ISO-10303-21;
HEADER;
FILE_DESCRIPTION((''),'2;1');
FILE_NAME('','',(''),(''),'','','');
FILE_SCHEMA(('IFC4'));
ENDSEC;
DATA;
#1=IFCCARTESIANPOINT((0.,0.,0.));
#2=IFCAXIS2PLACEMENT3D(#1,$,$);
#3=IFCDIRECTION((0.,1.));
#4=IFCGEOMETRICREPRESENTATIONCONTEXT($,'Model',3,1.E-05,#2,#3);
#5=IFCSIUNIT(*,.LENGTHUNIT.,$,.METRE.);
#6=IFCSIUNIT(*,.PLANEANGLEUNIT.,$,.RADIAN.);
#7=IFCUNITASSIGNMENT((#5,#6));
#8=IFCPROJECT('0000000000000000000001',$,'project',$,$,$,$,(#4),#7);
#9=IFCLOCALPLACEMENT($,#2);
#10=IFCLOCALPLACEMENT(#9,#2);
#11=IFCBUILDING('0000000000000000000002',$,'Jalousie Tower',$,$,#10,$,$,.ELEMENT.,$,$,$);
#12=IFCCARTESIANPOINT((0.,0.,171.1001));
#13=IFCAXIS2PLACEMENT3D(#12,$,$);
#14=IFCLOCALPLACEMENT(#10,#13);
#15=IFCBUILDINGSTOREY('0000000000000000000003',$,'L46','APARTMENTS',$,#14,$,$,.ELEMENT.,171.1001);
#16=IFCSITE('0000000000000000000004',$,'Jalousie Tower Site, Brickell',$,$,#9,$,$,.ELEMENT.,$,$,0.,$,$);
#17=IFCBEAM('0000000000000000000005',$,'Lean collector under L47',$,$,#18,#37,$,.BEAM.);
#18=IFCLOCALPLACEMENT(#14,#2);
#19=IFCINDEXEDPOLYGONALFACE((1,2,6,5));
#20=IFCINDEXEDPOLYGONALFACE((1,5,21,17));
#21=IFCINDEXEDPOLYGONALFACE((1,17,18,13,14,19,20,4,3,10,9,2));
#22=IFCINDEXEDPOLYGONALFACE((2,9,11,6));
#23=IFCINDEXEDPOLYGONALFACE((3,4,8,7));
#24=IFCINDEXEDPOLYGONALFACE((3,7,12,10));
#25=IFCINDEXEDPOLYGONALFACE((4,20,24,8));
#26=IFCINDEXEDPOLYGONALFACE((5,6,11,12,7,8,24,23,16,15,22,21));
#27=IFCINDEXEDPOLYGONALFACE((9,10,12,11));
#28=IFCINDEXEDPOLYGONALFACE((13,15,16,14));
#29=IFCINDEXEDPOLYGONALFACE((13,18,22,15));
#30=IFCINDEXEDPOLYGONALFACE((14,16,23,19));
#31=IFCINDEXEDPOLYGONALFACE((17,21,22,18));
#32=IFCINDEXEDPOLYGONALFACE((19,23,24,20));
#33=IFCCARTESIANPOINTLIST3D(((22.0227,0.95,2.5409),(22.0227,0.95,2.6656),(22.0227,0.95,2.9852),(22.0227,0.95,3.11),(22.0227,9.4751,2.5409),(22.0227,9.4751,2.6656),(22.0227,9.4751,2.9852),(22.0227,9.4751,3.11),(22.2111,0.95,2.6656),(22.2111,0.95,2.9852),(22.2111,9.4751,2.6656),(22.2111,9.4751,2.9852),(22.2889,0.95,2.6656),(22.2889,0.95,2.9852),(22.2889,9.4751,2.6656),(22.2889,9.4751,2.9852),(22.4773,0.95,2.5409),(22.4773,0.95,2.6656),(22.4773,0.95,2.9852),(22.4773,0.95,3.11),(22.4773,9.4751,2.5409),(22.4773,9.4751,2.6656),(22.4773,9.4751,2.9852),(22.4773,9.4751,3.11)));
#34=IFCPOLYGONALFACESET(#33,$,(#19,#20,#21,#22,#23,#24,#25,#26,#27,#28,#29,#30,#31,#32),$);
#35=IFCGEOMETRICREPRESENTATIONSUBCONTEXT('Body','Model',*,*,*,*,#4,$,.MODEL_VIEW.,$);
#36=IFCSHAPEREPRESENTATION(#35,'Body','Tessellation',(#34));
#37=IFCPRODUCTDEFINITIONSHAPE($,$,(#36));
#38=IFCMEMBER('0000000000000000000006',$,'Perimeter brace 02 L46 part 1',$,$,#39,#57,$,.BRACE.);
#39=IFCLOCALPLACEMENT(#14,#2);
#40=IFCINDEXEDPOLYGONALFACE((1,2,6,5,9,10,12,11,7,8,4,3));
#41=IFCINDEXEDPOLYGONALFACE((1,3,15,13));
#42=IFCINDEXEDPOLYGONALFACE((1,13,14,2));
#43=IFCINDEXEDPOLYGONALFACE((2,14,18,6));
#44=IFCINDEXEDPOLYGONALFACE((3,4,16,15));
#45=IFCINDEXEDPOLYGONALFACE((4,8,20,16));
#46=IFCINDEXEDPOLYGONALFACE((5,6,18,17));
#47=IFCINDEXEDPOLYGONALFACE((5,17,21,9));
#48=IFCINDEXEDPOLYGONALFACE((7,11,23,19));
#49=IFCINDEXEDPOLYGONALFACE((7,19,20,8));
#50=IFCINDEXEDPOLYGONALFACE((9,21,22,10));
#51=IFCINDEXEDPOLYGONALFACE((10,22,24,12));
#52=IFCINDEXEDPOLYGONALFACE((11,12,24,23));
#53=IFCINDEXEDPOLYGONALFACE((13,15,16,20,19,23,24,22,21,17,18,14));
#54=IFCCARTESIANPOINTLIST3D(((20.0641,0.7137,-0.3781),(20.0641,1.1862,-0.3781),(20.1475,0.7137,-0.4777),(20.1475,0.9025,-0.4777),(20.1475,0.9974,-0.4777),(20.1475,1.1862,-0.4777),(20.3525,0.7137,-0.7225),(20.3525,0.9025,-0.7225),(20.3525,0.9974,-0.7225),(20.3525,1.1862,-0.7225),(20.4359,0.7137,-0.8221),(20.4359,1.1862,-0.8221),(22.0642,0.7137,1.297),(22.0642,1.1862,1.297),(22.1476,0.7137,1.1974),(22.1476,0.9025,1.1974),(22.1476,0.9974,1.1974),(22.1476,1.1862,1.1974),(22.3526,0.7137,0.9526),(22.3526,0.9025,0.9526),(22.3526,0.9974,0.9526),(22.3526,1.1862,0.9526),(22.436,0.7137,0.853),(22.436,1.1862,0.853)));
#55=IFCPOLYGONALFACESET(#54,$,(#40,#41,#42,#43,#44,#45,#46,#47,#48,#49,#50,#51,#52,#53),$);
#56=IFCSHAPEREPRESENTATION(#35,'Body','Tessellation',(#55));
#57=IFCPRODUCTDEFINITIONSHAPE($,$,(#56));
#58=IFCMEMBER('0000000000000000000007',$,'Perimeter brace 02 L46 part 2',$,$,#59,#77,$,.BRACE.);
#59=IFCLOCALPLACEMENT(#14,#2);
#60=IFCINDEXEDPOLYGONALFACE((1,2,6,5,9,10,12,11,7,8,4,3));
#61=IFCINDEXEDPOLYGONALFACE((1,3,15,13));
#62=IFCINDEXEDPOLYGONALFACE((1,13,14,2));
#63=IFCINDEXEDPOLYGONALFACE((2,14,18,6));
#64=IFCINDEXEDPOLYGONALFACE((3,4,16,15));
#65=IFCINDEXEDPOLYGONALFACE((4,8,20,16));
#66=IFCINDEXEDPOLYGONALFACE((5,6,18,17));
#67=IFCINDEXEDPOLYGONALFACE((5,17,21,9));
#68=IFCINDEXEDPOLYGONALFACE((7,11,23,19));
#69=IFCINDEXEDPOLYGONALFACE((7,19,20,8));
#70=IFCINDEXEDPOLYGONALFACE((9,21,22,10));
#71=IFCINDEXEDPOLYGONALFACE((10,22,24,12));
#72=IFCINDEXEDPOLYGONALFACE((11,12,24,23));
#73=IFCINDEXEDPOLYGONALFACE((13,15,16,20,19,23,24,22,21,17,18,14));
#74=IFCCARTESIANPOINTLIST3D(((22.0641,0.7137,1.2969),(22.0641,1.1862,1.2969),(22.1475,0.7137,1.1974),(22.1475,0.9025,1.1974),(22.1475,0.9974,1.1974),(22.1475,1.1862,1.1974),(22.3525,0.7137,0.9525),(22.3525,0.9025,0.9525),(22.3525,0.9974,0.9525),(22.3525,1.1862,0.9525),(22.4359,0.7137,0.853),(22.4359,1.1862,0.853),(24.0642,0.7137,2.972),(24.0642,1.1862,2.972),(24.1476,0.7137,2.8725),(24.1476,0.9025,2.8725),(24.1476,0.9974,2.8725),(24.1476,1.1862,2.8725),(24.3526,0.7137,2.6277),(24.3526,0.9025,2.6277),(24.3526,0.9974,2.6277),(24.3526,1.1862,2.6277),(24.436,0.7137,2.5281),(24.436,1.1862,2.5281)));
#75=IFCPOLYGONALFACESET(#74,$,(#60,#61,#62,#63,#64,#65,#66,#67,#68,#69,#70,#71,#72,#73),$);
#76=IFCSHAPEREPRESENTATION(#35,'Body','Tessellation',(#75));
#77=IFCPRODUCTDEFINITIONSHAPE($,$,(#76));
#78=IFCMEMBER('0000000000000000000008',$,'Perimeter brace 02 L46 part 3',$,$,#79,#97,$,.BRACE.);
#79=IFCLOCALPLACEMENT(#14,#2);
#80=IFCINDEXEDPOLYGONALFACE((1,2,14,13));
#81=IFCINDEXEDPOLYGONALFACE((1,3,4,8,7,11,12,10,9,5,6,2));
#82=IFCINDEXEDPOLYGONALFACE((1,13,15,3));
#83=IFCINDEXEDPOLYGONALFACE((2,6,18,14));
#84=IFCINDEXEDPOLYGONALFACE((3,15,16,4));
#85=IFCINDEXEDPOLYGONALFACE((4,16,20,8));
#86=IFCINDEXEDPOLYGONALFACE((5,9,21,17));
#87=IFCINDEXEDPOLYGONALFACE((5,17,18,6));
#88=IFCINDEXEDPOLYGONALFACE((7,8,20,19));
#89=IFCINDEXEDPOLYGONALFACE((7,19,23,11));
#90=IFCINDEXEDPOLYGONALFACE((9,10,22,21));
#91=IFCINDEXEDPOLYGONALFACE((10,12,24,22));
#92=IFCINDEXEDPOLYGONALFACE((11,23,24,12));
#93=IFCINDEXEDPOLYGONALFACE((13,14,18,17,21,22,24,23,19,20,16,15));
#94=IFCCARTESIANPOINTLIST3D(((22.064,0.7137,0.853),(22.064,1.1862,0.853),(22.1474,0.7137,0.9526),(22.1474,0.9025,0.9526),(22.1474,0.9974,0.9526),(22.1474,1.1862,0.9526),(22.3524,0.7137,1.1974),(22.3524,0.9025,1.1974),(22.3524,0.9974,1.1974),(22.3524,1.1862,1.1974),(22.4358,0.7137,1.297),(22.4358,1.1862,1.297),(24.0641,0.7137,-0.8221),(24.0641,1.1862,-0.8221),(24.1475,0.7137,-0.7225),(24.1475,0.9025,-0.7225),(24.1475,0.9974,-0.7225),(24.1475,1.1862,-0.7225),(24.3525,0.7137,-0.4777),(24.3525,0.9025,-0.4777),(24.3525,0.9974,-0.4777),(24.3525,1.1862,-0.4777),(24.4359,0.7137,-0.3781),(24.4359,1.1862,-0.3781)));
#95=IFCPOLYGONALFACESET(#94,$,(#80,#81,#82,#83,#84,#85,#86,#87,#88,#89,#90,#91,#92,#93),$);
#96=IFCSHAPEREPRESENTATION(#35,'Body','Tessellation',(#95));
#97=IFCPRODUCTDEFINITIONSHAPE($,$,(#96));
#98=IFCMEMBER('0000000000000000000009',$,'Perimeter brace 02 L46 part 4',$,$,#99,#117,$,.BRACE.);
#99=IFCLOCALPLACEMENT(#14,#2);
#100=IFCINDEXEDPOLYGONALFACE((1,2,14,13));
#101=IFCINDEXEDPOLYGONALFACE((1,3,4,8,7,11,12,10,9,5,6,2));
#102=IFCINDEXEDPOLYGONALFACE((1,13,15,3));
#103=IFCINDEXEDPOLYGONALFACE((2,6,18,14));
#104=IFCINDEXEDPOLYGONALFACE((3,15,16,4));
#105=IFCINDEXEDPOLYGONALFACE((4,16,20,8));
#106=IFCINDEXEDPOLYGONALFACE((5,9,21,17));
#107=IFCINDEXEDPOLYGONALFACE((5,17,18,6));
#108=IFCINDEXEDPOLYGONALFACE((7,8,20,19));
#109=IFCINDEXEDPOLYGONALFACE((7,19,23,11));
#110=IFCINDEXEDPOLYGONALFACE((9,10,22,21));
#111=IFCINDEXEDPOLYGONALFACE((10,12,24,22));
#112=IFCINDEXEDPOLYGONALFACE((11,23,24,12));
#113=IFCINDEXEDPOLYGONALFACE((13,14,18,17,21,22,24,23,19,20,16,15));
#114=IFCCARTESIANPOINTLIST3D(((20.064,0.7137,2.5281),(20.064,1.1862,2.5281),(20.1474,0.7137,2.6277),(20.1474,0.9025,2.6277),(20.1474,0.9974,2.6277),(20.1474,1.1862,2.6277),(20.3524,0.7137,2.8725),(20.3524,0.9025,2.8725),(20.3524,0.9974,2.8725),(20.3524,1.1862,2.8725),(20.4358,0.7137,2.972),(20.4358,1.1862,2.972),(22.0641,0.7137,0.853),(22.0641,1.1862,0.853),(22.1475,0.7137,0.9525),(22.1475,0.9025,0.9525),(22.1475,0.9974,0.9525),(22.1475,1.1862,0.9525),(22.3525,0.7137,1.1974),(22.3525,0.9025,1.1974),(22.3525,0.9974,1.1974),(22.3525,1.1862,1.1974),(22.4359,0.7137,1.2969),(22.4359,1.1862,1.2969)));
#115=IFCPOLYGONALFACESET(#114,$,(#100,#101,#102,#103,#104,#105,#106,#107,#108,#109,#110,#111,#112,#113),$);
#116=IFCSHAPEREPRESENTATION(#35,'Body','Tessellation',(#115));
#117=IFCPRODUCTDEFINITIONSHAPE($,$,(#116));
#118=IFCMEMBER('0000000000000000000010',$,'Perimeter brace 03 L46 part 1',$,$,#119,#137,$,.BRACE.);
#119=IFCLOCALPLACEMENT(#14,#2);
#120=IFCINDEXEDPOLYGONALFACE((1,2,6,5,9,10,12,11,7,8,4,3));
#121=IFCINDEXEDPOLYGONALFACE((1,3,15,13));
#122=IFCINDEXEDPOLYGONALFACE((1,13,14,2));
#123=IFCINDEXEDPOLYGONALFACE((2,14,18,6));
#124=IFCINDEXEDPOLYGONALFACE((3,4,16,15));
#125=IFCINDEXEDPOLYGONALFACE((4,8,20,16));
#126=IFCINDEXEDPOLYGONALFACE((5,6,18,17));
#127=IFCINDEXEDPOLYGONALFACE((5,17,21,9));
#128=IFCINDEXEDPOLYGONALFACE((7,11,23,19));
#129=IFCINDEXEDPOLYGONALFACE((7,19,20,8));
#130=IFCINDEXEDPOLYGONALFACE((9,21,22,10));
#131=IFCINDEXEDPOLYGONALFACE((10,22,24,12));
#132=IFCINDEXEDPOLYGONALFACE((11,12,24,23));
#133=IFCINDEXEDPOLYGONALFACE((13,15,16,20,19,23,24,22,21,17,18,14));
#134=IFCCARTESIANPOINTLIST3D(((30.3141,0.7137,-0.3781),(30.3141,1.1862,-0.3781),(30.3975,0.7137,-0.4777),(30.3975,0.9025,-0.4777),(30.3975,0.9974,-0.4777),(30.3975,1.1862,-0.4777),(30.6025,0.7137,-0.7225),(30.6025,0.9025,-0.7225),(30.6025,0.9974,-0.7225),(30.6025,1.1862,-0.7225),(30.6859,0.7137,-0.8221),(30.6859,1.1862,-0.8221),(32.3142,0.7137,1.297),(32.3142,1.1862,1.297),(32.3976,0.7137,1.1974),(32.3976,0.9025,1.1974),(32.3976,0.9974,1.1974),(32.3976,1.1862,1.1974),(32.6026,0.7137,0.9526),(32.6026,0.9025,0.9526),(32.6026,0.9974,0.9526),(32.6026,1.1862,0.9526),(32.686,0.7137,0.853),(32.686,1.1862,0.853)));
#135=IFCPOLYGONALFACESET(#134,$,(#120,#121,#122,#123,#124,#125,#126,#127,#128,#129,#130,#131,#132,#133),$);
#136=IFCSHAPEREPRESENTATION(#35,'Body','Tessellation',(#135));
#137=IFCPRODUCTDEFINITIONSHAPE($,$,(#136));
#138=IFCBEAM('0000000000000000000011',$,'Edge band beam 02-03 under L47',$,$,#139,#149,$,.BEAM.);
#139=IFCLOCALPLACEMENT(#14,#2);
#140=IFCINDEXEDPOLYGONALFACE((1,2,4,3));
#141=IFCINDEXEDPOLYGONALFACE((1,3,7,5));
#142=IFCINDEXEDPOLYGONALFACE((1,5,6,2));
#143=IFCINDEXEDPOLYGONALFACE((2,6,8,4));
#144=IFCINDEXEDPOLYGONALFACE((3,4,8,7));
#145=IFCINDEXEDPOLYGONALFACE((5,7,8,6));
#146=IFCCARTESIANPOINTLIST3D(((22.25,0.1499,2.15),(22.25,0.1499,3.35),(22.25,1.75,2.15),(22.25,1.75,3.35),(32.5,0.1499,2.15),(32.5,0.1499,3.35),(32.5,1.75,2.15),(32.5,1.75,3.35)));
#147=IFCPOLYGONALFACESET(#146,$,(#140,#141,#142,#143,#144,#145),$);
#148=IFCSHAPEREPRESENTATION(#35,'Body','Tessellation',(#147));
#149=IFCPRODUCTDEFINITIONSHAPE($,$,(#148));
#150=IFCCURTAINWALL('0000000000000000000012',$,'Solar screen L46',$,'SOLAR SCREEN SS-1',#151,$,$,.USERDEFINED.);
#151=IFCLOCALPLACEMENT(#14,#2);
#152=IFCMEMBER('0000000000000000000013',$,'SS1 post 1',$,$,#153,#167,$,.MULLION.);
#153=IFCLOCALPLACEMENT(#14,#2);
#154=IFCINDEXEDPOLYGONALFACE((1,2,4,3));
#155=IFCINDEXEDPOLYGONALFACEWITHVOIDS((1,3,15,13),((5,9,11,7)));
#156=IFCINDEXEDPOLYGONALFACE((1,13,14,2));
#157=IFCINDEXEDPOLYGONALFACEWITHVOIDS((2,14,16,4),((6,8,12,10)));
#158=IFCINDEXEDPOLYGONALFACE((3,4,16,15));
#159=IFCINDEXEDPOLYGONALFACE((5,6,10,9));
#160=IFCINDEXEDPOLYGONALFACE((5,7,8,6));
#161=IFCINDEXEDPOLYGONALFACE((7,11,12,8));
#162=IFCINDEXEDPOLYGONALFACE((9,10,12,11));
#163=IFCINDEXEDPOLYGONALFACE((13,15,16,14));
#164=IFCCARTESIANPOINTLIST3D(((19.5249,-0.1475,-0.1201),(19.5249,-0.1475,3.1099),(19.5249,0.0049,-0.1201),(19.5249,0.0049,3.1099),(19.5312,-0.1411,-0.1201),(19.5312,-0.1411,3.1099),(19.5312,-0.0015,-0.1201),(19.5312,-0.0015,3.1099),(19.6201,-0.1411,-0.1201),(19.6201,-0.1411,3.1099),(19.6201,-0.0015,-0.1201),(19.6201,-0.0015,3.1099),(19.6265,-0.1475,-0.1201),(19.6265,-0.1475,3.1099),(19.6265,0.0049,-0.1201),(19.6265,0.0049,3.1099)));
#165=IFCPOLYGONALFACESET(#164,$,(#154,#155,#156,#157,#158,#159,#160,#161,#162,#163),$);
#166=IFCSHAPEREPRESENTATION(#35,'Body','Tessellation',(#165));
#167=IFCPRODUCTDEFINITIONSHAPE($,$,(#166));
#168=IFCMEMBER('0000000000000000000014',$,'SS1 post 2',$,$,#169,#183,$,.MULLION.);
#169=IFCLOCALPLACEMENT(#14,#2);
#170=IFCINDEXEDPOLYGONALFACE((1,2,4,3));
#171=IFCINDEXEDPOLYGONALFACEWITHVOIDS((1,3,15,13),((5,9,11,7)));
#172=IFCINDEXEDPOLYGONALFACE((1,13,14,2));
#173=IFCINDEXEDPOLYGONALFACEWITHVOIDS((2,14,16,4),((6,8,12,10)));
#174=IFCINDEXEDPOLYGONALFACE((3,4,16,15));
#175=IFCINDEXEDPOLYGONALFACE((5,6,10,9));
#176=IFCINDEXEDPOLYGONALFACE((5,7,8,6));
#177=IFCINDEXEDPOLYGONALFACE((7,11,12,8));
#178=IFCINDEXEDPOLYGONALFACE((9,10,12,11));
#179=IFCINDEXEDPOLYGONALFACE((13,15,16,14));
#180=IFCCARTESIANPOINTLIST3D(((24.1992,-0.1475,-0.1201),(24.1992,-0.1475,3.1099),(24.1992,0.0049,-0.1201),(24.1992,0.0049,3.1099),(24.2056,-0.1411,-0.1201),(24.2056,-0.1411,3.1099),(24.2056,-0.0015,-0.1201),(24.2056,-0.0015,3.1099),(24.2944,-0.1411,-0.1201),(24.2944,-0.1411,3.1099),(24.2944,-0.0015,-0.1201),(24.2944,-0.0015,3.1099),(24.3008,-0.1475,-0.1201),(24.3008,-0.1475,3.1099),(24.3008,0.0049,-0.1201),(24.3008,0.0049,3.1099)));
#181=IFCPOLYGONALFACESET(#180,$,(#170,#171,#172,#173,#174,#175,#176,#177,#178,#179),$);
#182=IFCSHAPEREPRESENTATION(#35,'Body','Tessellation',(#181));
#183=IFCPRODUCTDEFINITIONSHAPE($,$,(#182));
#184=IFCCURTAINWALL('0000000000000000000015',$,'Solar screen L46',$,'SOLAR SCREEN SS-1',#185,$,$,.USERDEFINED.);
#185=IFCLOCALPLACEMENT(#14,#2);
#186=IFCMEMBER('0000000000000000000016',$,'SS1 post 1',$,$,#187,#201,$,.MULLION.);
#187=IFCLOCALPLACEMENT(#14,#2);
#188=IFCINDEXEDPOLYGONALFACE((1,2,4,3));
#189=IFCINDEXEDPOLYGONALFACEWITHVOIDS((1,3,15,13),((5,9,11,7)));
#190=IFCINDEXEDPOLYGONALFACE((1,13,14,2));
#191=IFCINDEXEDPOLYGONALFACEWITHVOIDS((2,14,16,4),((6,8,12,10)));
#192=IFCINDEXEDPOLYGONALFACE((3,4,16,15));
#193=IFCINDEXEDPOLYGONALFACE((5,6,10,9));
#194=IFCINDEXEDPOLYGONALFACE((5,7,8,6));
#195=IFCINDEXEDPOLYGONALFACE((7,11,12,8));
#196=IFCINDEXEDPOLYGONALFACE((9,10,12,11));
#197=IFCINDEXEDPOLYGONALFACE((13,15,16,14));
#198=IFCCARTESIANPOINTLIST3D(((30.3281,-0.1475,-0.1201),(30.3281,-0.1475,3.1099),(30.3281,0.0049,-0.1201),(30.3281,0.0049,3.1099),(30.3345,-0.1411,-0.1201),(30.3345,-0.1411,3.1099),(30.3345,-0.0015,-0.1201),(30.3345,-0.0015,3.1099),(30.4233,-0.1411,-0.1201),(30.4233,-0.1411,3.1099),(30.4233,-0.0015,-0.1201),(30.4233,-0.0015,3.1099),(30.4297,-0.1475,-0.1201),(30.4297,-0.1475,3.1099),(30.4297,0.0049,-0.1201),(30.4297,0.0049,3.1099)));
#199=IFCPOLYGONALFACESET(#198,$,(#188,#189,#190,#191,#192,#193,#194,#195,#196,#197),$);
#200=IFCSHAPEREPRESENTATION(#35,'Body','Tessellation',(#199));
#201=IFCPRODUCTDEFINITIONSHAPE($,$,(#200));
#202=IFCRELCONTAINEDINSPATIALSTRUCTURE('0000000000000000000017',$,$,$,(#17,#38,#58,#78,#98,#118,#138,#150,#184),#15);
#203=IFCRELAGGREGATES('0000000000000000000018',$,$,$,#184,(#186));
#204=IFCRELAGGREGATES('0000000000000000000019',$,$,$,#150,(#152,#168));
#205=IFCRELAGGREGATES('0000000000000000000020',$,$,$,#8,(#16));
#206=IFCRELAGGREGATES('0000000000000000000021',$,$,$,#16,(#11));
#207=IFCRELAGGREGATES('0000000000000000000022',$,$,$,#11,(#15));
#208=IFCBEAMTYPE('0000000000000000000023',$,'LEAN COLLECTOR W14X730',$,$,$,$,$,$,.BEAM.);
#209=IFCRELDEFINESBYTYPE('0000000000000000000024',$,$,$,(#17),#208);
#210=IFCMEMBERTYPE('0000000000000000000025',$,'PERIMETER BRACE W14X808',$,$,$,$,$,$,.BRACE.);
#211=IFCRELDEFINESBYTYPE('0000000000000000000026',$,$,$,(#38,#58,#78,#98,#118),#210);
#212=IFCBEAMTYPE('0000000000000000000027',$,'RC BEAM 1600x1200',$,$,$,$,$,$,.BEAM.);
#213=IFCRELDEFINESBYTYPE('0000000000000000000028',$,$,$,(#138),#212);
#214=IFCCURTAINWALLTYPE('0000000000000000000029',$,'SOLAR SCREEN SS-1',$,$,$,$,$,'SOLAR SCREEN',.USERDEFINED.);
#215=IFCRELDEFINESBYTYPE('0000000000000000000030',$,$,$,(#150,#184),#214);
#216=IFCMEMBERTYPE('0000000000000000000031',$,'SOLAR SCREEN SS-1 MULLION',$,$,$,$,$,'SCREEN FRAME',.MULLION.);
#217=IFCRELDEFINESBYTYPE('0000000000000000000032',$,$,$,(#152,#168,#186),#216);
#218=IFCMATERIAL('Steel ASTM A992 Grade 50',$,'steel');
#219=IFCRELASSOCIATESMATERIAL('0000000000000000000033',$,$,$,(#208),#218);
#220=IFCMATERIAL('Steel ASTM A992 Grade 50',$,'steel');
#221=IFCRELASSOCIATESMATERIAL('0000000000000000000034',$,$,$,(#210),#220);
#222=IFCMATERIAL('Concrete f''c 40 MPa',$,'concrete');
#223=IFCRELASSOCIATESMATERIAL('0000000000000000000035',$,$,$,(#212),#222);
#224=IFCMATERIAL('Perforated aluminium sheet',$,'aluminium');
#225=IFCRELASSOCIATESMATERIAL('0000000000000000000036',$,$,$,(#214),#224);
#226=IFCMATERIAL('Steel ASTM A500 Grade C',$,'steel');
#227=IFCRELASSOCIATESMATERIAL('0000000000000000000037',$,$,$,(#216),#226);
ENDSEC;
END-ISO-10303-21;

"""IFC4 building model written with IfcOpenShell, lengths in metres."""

from ifc_helpers import new_model, si_unit, direction, frame, origin, origin_2d, place, context, subcontext, project, spatial, rectangle, hollow_rectangle, i_section, extrude, material, material_profile, profile_set, type_object, element, aggregate, save


model = new_model("IFC4")

# Units and contexts
model_context = context("Model", 3, precision=1e-05, world=origin(), true_north=direction((0.0, 1.0)))
body_context = subcontext(model_context, "Body", "Model", "MODEL_VIEW")
ifc_project = project(units=[si_unit("LENGTHUNIT", "METRE"), si_unit("PLANEANGLEUNIT", "RADIAN")], contexts=[model_context])

# Site, building, storey
site_placement = place(None, origin())
site = spatial("IfcSite", under=ifc_project, at=site_placement, Name="Jalousie Tower Site, Brickell", CompositionType="ELEMENT", RefElevation=0.0)
building_placement = place(site_placement, origin())
building = spatial("IfcBuilding", under=site, at=building_placement, Name="Jalousie Tower", CompositionType="ELEMENT")
storey_placement = place(building_placement, frame((0.0, 0.0, 171.1001)))
storey = spatial("IfcBuildingStorey", under=building, at=storey_placement, Name="L46", Description="APARTMENTS", CompositionType="ELEMENT", Elevation=171.1001)

# Beam
ifc_material_1 = material(Name="Steel ASTM A992 Grade 50", Category="steel")
ifc_material_profile_1 = material_profile(ifc_material_1, i_section(OverallWidth=0.4546, OverallDepth=0.5691, WebThickness=0.0779, FlangeThickness=0.1248, at=origin_2d()), Name="W14X730")
ifc_profile_set_1 = profile_set([ifc_material_profile_1], Name="Steel ASTM A992 Grade 50")
beam_type_1 = type_object("IfcBeamType", Name="LEAN COLLECTOR W14X730", PredefinedType="BEAM", material=ifc_profile_set_1)
beam_1_placement = place(storey_placement, frame((22.25, 0.95, 2.8254), z_axis=(0.0, 1.0, 0.0), x_axis=(-1.0, 0.0, 0.0)))
element("IfcBeam", 1, at=beam_1_placement, inside=storey, type_object=beam_type_1, Name="Lean collector under L47", PredefinedType="BEAM", context=body_context, shape_type="SweptSolid", body=[
    extrude(i_section(OverallWidth=0.4546, OverallDepth=0.5691, WebThickness=0.0779, FlangeThickness=0.1248, at=origin_2d()), origin(), (0.0, 0.0, 1.0), 8.5251),
])

# Members
ifc_material_2 = material(Name="Steel ASTM A992 Grade 50", Category="steel")
ifc_material_profile_2 = material_profile(ifc_material_2, i_section(OverallWidth=0.4724, OverallDepth=0.5791, WebThickness=0.095, FlangeThickness=0.1299, at=origin_2d()), Name="W14X808")
ifc_profile_set_2 = profile_set([ifc_material_profile_2], Name="Steel ASTM A992 Grade 50")
member_type_1 = type_object("IfcMemberType", Name="PERIMETER BRACE W14X808", PredefinedType="BRACE", material=ifc_profile_set_2)
for number, where, z_axis, x_axis, name in (
    (2, (20.25, 0.95, -0.6001), (0.766639, 0.0, 0.642079), (0.0, 1.0, 0.0), "Perimeter brace 02 L46 part 1"),
    (3, (22.25, 0.95, 1.075), (0.766639, 0.0, 0.642079), (0.0, 1.0, 0.0), "Perimeter brace 02 L46 part 2"),
    (4, (24.25, 0.95, -0.6001), (-0.766639, 0.0, 0.642079), (0.0, -1.0, 0.0), "Perimeter brace 02 L46 part 3"),
    (5, (22.25, 0.95, 1.075), (-0.766639, 0.0, 0.642079), (0.0, -1.0, 0.0), "Perimeter brace 02 L46 part 4"),
    (6, (30.5, 0.95, -0.6001), (0.766639, 0.0, 0.642079), (0.0, 1.0, 0.0), "Perimeter brace 03 L46 part 1"),
):
    element("IfcMember", number, at=place(storey_placement, frame(where, z_axis=z_axis, x_axis=x_axis)), inside=storey, type_object=member_type_1, Name=name, PredefinedType="BRACE", context=body_context, shape_type="SweptSolid", body=[
        extrude(i_section(OverallWidth=0.4724, OverallDepth=0.5791, WebThickness=0.095, FlangeThickness=0.1299, at=origin_2d()), origin(), (0.0, 0.0, 1.0), 2.6089),
    ])

# Beam
ifc_material_3 = material(Name="Concrete f'c 40 MPa", Category="concrete")
ifc_material_profile_3 = material_profile(ifc_material_3, rectangle(XDim=1.6001, YDim=1.2, at=origin_2d()), Name="RC 1600x1200")
ifc_profile_set_3 = profile_set([ifc_material_profile_3], Name="Concrete f'c 40 MPa")
beam_type_2 = type_object("IfcBeamType", Name="RC BEAM 1600x1200", PredefinedType="BEAM", material=ifc_profile_set_3)
beam_2_placement = place(storey_placement, frame((22.25, 0.95, 2.75), z_axis=(1.0, 0.0, 0.0), x_axis=(0.0, 1.0, 0.0)))
element("IfcBeam", 7, at=beam_2_placement, inside=storey, type_object=beam_type_2, Name="Edge band beam 02-03 under L47", PredefinedType="BEAM", context=body_context, shape_type="SweptSolid", body=[
    extrude(rectangle(XDim=1.6001, YDim=1.2, at=origin_2d()), origin(), (0.0, 0.0, 1.0), 10.25),
])

# Curtain wall, members
ifc_material_4 = material(Name="Perforated aluminium sheet", Category="aluminium")
curtain_wall_type = type_object("IfcCurtainWallType", Name="SOLAR SCREEN SS-1", ElementType="SOLAR SCREEN", PredefinedType="USERDEFINED", material=ifc_material_4)
curtain_wall_1_placement = place(storey_placement, origin())
curtain_wall_1 = element("IfcCurtainWall", 8, at=curtain_wall_1_placement, inside=storey, type_object=curtain_wall_type, Name="Solar screen L46", ObjectType="SOLAR SCREEN SS-1", PredefinedType="USERDEFINED")
ifc_material_5 = material(Name="Steel ASTM A500 Grade C", Category="steel")
ifc_material_profile_4 = material_profile(ifc_material_5, hollow_rectangle(XDim=0.1016, YDim=0.1523, WallThickness=0.0063, at=origin_2d()), Name="HSS6X4X1/4")
ifc_profile_set_4 = profile_set([ifc_material_profile_4], Name="Steel ASTM A500 Grade C")
member_type_2 = type_object("IfcMemberType", Name="SOLAR SCREEN SS-1 MULLION", ElementType="SCREEN FRAME", PredefinedType="MULLION", material=ifc_profile_set_4)
member_1_placement = place(storey_placement, frame((19.5757, -0.0713, -0.1201), z_axis=(0.0, 0.0, 1.0), x_axis=(1.0, 0.0, 0.0)))
member_1 = element("IfcMember", 9, at=member_1_placement, type_object=member_type_2, Name="SS1 post 1", PredefinedType="MULLION", context=body_context, shape_type="SweptSolid", body=[
    extrude(hollow_rectangle(XDim=0.1016, YDim=0.1523, WallThickness=0.0063, at=origin_2d()), origin(), (0.0, 0.0, 1.0), 3.23),
])
member_2_placement = place(storey_placement, frame((24.25, -0.0713, -0.1201), z_axis=(0.0, 0.0, 1.0), x_axis=(1.0, 0.0, 0.0)))
member_2 = element("IfcMember", 10, at=member_2_placement, type_object=member_type_2, Name="SS1 post 2", PredefinedType="MULLION", context=body_context, shape_type="SweptSolid", body=[
    extrude(hollow_rectangle(XDim=0.1016, YDim=0.1523, WallThickness=0.0063, at=origin_2d()), origin(), (0.0, 0.0, 1.0), 3.23),
])

# Curtain wall, member
curtain_wall_2_placement = place(storey_placement, origin())
curtain_wall_2 = element("IfcCurtainWall", 11, at=curtain_wall_2_placement, inside=storey, type_object=curtain_wall_type, Name="Solar screen L46", ObjectType="SOLAR SCREEN SS-1", PredefinedType="USERDEFINED")
member_3_placement = place(storey_placement, frame((30.3789, -0.0713, -0.1201), z_axis=(0.0, 0.0, 1.0), x_axis=(1.0, 0.0, 0.0)))
member_3 = element("IfcMember", 12, at=member_3_placement, type_object=member_type_2, Name="SS1 post 1", PredefinedType="MULLION", context=body_context, shape_type="SweptSolid", body=[
    extrude(hollow_rectangle(XDim=0.1016, YDim=0.1523, WallThickness=0.0063, at=origin_2d()), origin(), (0.0, 0.0, 1.0), 3.23),
])

aggregate(curtain_wall_2, [member_3])

aggregate(curtain_wall_1, [member_1, member_2])

save(model, "model.ifc")
